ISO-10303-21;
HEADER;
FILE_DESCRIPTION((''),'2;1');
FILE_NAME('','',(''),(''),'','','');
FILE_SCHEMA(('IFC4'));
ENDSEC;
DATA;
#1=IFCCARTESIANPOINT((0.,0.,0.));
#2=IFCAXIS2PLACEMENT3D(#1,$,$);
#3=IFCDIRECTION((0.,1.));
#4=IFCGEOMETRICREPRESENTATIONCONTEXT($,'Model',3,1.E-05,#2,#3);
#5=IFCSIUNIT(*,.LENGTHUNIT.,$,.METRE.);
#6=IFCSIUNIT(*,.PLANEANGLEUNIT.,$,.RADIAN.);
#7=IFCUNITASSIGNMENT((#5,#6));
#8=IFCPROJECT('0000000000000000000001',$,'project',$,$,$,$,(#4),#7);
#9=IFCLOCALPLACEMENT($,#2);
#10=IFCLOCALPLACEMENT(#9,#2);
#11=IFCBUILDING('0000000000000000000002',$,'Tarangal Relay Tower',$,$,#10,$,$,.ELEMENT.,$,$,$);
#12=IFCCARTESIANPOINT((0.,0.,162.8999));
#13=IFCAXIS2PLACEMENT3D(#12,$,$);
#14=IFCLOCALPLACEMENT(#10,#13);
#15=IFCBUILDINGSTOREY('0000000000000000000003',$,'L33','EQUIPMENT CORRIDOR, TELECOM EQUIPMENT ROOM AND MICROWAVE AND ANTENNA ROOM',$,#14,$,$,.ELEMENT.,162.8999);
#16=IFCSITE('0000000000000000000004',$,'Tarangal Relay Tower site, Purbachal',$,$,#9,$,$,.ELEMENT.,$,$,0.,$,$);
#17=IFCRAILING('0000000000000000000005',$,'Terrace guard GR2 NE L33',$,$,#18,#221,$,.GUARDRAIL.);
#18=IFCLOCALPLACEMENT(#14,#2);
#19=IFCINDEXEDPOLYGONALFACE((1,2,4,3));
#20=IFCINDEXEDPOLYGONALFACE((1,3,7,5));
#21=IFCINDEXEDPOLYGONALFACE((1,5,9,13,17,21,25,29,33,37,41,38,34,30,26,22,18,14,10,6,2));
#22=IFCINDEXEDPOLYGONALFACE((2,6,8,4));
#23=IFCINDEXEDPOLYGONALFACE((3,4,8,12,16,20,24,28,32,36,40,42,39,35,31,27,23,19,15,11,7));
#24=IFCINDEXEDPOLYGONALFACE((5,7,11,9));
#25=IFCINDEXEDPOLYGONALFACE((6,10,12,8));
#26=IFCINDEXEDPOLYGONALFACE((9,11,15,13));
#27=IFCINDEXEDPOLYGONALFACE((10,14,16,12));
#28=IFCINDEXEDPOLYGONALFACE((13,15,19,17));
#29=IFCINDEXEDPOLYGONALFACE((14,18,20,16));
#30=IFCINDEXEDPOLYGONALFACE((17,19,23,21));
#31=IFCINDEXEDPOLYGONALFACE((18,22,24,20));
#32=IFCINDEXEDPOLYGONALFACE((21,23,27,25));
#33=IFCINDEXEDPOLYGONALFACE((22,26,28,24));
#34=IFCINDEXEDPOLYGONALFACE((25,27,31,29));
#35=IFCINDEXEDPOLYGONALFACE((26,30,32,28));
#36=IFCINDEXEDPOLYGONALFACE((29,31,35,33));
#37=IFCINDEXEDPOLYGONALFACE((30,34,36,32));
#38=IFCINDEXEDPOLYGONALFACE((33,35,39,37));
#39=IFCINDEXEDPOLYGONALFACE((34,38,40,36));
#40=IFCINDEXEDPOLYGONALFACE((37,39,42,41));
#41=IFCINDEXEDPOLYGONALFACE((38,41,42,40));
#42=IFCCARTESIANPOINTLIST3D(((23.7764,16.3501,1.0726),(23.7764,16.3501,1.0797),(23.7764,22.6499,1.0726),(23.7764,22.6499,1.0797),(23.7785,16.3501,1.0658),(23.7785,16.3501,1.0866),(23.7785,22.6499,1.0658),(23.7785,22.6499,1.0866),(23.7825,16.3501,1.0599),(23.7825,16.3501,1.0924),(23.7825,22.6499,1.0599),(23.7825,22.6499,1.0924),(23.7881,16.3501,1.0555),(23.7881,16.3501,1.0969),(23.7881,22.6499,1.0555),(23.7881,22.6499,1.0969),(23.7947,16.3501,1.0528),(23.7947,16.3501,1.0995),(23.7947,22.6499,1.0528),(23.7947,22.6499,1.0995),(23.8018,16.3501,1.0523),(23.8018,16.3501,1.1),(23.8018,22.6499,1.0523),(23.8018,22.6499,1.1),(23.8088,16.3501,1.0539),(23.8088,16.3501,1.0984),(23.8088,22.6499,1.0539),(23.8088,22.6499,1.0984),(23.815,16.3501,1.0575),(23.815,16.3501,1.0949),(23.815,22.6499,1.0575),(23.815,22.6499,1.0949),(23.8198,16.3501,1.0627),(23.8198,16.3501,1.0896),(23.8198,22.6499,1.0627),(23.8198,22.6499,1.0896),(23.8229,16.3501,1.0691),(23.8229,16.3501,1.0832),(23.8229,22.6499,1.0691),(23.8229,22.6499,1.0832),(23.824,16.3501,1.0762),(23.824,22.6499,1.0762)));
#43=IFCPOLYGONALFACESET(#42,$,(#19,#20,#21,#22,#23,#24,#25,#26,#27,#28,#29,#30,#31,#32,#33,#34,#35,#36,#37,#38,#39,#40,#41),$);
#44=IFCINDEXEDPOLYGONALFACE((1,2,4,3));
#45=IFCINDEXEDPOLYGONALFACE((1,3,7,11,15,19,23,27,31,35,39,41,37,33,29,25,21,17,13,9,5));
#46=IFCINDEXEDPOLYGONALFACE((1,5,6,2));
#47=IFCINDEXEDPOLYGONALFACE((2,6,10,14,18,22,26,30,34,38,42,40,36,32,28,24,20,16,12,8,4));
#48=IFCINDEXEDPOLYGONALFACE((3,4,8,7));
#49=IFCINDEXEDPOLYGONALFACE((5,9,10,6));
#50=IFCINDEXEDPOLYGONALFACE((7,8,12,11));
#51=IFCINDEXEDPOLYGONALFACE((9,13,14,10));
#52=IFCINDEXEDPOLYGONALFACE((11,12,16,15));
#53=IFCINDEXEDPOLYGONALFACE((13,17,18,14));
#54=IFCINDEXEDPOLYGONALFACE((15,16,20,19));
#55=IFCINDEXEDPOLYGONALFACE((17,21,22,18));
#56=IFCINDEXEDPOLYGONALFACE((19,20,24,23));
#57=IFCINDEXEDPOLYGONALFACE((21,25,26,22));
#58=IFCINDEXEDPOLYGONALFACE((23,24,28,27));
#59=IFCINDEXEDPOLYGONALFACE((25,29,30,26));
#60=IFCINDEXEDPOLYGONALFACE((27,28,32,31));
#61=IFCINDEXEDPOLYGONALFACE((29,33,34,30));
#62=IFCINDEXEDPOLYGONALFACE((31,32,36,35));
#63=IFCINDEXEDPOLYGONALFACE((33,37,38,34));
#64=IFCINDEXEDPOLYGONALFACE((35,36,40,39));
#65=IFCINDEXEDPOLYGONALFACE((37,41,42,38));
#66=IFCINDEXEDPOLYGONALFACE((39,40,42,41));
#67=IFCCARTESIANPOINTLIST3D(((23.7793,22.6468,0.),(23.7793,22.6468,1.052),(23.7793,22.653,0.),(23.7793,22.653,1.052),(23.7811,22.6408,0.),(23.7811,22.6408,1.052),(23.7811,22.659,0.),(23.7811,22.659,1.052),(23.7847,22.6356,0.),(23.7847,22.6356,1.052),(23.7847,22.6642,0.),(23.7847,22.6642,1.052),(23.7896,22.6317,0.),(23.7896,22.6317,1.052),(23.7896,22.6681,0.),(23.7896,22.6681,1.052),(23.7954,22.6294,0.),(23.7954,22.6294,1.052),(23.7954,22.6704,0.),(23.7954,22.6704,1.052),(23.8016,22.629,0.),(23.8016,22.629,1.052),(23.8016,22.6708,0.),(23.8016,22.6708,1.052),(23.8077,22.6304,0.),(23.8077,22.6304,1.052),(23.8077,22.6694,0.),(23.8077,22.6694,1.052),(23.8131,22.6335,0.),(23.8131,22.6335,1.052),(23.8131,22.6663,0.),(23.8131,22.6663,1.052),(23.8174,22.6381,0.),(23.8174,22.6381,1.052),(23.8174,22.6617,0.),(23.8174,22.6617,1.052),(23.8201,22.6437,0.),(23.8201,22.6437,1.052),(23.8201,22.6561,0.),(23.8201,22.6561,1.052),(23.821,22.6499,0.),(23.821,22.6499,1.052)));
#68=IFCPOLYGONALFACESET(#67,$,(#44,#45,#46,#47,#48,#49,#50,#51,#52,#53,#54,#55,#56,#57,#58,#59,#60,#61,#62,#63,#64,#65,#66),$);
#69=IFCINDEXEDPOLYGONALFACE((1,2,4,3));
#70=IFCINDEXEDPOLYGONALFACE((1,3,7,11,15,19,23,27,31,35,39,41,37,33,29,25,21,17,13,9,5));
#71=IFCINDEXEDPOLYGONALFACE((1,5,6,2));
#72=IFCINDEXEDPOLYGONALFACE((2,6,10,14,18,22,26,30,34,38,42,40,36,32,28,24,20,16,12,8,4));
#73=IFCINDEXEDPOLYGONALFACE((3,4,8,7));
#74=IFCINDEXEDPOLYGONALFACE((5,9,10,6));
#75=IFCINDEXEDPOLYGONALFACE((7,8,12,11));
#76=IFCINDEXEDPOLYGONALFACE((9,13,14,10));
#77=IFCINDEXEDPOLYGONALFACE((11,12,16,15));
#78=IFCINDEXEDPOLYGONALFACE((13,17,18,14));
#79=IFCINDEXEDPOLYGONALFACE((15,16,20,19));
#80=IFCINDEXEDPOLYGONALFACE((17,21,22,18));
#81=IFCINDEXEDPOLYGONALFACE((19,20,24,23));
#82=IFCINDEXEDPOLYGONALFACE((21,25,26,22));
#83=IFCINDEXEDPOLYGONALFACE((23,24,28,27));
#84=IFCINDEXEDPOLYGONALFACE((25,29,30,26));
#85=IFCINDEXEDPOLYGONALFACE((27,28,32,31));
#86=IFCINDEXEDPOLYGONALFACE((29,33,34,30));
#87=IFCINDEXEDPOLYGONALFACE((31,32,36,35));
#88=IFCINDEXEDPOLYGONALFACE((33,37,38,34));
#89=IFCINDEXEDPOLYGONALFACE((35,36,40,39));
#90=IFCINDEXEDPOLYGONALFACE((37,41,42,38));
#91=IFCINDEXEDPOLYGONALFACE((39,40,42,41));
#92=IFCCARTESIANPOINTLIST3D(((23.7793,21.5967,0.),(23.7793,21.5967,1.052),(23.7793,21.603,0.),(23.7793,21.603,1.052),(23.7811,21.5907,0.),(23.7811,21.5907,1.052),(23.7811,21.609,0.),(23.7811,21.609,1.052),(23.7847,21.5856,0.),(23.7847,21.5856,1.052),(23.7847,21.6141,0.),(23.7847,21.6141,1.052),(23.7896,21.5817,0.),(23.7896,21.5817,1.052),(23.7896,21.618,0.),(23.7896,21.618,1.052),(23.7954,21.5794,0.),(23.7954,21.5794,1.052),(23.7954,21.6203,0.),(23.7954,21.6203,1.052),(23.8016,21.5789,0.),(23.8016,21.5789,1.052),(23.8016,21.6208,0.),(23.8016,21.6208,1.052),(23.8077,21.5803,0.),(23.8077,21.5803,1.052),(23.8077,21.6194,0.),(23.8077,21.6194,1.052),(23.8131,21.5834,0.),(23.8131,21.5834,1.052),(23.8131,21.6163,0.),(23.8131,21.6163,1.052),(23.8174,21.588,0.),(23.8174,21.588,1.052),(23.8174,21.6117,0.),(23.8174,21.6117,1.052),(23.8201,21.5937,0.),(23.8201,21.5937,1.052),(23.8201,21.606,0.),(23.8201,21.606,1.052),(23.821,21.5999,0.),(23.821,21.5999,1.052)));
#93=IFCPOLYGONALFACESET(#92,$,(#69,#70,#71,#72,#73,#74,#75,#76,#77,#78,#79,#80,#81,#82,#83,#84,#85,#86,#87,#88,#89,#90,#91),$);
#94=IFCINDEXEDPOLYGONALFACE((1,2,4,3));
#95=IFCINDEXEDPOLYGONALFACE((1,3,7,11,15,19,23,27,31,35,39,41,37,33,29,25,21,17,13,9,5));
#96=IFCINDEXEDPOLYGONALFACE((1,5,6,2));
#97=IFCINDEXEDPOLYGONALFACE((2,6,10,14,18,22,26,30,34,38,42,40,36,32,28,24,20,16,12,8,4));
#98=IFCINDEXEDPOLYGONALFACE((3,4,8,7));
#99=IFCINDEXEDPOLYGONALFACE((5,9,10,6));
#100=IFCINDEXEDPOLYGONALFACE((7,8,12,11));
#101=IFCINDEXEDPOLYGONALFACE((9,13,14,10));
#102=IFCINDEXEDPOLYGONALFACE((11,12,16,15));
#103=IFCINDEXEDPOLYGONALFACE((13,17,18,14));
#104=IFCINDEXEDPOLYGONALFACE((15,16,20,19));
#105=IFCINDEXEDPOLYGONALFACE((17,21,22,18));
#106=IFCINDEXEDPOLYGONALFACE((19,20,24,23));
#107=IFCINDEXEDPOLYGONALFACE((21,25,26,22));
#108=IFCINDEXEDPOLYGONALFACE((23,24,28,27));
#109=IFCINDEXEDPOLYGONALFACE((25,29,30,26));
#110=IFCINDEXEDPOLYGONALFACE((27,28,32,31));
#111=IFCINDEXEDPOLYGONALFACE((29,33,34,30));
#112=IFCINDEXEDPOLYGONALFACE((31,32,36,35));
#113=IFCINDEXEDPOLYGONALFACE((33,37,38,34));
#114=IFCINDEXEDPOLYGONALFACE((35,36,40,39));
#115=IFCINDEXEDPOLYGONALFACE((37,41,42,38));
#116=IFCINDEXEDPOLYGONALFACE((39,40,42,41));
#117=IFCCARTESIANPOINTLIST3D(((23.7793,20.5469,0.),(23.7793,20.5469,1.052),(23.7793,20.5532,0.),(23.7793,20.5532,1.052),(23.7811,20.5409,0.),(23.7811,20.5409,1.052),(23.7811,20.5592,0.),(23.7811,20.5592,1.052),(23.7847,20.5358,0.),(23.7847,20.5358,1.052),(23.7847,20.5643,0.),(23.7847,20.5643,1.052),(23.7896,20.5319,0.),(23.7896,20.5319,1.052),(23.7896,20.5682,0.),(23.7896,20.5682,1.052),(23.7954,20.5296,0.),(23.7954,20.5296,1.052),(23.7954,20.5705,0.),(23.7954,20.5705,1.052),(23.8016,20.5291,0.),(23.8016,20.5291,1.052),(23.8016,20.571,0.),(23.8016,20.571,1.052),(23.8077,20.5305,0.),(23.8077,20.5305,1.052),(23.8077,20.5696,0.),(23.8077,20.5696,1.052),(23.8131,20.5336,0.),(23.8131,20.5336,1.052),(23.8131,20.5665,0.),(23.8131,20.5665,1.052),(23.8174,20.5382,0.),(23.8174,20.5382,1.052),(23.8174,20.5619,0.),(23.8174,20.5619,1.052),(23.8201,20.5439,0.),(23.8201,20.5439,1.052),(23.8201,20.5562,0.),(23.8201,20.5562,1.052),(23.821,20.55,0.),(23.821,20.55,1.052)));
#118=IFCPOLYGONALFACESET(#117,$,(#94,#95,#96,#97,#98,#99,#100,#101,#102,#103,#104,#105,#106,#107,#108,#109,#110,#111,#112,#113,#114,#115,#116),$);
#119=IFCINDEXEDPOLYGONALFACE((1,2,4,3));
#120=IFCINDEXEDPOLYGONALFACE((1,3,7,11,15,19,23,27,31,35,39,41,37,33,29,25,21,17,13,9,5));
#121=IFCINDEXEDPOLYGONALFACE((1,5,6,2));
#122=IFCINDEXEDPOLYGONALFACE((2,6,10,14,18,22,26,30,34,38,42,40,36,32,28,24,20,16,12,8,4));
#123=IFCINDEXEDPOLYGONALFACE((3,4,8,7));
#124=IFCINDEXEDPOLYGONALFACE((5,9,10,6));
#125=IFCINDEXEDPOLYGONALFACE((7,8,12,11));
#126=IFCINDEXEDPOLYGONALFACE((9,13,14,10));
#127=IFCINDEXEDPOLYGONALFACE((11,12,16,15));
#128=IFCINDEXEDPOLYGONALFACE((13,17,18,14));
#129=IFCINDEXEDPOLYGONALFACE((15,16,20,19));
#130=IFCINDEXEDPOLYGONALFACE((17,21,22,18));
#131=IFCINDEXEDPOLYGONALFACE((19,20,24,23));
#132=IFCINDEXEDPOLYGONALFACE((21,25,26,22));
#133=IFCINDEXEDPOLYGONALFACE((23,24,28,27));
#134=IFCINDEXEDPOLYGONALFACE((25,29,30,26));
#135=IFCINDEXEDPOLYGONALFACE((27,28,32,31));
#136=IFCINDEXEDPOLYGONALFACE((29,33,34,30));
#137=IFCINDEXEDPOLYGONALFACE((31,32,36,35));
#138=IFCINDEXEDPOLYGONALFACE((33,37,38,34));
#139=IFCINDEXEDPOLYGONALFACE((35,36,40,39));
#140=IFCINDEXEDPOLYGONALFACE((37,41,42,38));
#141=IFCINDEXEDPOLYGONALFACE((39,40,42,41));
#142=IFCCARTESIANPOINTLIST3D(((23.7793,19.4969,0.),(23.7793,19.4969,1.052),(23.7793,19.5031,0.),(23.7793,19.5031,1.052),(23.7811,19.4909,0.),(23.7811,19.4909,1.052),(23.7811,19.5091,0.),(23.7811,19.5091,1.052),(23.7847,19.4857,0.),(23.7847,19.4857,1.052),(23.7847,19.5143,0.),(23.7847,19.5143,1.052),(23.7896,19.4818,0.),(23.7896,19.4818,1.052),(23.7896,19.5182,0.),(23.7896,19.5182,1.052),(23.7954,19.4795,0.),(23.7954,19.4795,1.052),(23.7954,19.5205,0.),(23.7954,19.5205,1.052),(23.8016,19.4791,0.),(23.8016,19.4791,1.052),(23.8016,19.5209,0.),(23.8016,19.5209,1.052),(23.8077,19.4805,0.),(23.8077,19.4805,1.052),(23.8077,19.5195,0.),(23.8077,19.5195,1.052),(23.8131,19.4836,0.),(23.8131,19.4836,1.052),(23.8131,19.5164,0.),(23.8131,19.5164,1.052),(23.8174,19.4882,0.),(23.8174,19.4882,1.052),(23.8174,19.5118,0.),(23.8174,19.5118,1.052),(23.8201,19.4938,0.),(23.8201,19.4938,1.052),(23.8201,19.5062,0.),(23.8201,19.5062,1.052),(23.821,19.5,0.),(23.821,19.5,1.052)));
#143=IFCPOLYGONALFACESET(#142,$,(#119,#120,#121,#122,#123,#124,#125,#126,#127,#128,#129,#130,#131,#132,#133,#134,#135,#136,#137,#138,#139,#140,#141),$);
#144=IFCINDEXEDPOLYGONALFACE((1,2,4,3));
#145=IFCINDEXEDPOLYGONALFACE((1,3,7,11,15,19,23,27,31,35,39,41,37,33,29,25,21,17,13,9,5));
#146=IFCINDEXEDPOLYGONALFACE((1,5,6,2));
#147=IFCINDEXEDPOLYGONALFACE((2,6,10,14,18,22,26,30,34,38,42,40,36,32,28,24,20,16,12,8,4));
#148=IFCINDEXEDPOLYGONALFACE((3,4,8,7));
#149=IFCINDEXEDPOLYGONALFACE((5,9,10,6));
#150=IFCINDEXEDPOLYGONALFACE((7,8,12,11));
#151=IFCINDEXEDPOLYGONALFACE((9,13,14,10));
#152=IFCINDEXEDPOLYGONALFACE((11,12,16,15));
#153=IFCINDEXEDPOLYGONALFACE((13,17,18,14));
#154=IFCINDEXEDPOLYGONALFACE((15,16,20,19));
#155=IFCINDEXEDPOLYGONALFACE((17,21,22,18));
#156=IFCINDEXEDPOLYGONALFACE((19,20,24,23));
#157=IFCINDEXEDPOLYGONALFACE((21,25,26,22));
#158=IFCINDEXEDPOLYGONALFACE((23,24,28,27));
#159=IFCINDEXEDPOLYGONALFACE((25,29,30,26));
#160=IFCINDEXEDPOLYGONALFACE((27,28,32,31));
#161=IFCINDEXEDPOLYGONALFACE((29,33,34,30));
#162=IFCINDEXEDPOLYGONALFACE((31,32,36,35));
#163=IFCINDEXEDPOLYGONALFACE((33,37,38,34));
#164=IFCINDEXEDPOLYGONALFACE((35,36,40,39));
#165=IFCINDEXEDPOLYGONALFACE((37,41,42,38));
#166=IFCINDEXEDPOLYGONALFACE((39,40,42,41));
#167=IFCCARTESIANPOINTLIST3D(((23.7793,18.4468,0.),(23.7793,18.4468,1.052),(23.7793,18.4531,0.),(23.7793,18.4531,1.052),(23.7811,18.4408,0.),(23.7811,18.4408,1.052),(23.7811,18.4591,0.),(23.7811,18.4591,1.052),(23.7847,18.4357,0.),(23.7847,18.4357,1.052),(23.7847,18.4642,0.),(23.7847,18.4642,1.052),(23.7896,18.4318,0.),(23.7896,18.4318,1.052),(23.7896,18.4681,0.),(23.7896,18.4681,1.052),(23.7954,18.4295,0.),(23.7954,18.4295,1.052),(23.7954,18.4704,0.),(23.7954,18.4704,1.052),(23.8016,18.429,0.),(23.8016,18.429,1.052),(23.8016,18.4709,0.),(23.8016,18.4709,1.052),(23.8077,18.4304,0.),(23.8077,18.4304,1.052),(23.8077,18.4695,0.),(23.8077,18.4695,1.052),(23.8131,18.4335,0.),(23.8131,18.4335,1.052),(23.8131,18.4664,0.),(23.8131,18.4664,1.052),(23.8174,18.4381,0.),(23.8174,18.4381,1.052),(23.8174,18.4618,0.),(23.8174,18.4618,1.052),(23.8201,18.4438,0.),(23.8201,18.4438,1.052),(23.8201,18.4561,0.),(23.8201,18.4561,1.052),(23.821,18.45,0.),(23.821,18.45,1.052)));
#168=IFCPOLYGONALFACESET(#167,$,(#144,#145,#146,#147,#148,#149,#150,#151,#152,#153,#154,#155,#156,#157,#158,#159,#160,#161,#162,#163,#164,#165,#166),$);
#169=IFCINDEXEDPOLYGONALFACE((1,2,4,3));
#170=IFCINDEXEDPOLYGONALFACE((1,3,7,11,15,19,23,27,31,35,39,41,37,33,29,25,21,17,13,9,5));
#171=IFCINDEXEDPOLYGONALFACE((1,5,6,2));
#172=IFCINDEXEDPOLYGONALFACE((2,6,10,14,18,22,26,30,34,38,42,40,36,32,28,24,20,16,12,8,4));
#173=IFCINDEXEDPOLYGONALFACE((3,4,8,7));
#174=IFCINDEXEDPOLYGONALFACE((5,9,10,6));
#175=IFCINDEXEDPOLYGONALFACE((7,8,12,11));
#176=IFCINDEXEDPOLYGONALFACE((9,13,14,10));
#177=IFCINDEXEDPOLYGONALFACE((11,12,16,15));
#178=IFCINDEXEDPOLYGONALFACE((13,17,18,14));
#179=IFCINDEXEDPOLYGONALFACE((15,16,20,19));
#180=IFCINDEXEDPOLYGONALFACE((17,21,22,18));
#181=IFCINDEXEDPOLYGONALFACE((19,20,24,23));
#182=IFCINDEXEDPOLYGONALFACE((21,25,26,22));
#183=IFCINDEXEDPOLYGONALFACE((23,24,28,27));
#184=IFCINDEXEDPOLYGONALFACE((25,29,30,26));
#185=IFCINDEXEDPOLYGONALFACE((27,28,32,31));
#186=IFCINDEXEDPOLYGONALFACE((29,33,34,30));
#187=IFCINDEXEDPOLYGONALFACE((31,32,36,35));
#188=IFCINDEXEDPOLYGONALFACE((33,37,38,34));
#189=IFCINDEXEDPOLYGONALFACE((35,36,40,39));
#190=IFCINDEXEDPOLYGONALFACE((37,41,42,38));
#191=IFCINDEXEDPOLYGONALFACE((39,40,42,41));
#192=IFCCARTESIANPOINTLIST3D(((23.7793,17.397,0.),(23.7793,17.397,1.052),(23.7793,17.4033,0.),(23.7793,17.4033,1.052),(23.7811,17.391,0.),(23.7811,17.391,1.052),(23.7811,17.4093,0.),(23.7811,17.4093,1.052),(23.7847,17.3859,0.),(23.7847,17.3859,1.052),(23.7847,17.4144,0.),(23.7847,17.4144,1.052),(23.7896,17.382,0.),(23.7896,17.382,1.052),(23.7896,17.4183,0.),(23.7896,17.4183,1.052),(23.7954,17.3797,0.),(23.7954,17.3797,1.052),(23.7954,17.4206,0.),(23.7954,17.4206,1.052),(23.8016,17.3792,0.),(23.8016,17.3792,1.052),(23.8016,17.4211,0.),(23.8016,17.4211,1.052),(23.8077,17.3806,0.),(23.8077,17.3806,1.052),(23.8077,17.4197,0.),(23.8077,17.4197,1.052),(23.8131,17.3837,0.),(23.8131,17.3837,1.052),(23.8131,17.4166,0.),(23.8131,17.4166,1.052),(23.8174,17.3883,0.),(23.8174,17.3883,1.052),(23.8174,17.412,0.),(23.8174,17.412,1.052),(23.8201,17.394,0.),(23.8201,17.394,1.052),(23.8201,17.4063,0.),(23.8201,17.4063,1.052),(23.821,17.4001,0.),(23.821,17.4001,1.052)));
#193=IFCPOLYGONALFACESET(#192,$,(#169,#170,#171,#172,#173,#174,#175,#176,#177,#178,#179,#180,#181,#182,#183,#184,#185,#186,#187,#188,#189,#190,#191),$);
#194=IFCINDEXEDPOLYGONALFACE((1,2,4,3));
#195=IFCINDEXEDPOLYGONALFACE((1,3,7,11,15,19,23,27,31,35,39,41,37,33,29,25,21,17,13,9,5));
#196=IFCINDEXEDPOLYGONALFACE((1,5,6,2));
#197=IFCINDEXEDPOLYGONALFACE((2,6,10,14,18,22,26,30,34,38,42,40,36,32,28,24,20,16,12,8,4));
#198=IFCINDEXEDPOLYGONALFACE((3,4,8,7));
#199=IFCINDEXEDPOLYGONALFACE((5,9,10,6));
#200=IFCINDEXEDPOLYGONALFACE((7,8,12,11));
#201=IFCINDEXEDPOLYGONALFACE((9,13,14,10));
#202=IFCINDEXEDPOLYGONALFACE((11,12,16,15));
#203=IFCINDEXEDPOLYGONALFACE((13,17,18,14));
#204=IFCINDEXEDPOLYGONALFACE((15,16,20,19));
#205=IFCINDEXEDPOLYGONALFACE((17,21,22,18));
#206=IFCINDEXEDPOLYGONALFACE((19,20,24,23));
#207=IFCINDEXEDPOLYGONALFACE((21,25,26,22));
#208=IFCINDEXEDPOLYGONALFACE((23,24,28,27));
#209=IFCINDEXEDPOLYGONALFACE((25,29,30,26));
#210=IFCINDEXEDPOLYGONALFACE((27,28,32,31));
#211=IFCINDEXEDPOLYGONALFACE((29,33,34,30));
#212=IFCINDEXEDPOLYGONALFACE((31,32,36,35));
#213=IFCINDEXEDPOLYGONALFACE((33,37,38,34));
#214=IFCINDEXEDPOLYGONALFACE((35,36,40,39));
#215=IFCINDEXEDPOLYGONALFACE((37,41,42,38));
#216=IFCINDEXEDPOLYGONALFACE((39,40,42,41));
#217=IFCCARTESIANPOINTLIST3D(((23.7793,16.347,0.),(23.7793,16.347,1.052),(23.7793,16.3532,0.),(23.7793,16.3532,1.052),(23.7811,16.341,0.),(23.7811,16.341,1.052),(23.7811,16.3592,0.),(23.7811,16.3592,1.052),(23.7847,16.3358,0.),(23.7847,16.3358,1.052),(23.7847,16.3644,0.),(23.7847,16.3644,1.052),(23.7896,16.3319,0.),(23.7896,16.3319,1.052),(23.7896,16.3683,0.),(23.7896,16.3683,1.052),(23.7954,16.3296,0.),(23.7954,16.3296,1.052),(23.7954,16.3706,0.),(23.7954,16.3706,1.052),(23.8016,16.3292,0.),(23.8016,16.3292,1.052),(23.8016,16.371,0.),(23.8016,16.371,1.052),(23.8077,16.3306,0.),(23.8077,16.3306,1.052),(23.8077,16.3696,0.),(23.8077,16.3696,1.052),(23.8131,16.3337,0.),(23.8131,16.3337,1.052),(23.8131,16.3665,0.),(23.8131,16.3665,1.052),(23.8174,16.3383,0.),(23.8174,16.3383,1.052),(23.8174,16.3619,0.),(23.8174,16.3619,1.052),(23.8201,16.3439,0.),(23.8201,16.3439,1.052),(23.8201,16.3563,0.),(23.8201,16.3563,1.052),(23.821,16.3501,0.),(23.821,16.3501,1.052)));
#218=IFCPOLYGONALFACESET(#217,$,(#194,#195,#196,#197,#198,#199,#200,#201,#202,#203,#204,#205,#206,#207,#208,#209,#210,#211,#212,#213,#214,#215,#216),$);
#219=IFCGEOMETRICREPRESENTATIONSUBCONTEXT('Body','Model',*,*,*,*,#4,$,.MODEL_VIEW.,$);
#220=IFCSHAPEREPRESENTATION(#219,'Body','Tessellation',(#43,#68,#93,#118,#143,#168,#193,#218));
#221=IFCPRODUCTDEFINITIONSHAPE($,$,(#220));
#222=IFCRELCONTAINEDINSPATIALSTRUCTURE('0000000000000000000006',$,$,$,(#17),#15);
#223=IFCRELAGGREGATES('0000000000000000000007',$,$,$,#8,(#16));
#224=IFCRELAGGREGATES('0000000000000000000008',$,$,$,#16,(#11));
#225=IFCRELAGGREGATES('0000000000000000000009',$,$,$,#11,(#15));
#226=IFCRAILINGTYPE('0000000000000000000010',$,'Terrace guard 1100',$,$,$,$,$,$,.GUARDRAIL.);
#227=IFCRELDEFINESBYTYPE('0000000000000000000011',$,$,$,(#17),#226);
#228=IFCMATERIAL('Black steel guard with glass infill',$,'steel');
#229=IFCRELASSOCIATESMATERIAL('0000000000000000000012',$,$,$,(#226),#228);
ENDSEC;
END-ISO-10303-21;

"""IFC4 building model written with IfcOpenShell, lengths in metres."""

from ifc_helpers import new_model, si_unit, direction, frame, origin, origin_2d, place, context, subcontext, project, spatial, circle, extrude, material, type_object, element, save


model = new_model("IFC4")

# Units and contexts
model_context = context("Model", 3, precision=1e-05, world=origin(), true_north=direction((0.0, 1.0)))
body_context = subcontext(model_context, "Body", "Model", "MODEL_VIEW")
ifc_project = project(units=[si_unit("LENGTHUNIT", "METRE"), si_unit("PLANEANGLEUNIT", "RADIAN")], contexts=[model_context])

# Site, building, storey
site_placement = place(None, origin())
site = spatial("IfcSite", under=ifc_project, at=site_placement, Name="Tarangal Relay Tower site, Purbachal", CompositionType="ELEMENT", RefElevation=0.0)
building_placement = place(site_placement, origin())
building = spatial("IfcBuilding", under=site, at=building_placement, Name="Tarangal Relay Tower", CompositionType="ELEMENT")
storey_placement = place(building_placement, frame((0.0, 0.0, 162.8999)))
storey = spatial("IfcBuildingStorey", under=building, at=storey_placement, Name="L33", Description="EQUIPMENT CORRIDOR, TELECOM EQUIPMENT ROOM AND MICROWAVE AND ANTENNA ROOM", CompositionType="ELEMENT", Elevation=162.8999)

# Railing
ifc_material_1 = material(Name="Black steel guard with glass infill", Category="steel")
railing_type = type_object("IfcRailingType", Name="Terrace guard 1100", PredefinedType="GUARDRAIL", material=ifc_material_1)
railing_1_placement = place(storey_placement, frame((23.8, 22.6499, 0.0)))
element("IfcRailing", 1, at=railing_1_placement, inside=storey, type_object=railing_type, Name="Terrace guard GR2 NE L33", PredefinedType="GUARDRAIL", context=body_context, shape_type="SweptSolid", body=[
    extrude(circle(Radius=0.0239, at=origin_2d()), frame((0.0, 0.0, 1.0762), z_axis=(0.0, -1.0, 0.0), x_axis=(1.0, 0.0, 0.0)), (0.0, 0.0, 1.0), 6.2998),
    extrude(circle(Radius=0.021, at=origin_2d()), origin(), (0.0, 0.0, 1.0), 1.052),
    extrude(circle(Radius=0.021, at=origin_2d()), frame((0.0, -1.05, 0.0)), (0.0, 0.0, 1.0), 1.052),
    extrude(circle(Radius=0.021, at=origin_2d()), frame((0.0, -2.0999, 0.0)), (0.0, 0.0, 1.0), 1.052),
    extrude(circle(Radius=0.021, at=origin_2d()), frame((0.0, -3.1499, 0.0)), (0.0, 0.0, 1.0), 1.052),
    extrude(circle(Radius=0.021, at=origin_2d()), frame((0.0, -4.2, 0.0)), (0.0, 0.0, 1.0), 1.052),
    extrude(circle(Radius=0.021, at=origin_2d()), frame((0.0, -5.2498, 0.0)), (0.0, 0.0, 1.0), 1.052),
    extrude(circle(Radius=0.021, at=origin_2d()), frame((0.0, -6.2998, 0.0)), (0.0, 0.0, 1.0), 1.052),
])

save(model, "model.ifc")
